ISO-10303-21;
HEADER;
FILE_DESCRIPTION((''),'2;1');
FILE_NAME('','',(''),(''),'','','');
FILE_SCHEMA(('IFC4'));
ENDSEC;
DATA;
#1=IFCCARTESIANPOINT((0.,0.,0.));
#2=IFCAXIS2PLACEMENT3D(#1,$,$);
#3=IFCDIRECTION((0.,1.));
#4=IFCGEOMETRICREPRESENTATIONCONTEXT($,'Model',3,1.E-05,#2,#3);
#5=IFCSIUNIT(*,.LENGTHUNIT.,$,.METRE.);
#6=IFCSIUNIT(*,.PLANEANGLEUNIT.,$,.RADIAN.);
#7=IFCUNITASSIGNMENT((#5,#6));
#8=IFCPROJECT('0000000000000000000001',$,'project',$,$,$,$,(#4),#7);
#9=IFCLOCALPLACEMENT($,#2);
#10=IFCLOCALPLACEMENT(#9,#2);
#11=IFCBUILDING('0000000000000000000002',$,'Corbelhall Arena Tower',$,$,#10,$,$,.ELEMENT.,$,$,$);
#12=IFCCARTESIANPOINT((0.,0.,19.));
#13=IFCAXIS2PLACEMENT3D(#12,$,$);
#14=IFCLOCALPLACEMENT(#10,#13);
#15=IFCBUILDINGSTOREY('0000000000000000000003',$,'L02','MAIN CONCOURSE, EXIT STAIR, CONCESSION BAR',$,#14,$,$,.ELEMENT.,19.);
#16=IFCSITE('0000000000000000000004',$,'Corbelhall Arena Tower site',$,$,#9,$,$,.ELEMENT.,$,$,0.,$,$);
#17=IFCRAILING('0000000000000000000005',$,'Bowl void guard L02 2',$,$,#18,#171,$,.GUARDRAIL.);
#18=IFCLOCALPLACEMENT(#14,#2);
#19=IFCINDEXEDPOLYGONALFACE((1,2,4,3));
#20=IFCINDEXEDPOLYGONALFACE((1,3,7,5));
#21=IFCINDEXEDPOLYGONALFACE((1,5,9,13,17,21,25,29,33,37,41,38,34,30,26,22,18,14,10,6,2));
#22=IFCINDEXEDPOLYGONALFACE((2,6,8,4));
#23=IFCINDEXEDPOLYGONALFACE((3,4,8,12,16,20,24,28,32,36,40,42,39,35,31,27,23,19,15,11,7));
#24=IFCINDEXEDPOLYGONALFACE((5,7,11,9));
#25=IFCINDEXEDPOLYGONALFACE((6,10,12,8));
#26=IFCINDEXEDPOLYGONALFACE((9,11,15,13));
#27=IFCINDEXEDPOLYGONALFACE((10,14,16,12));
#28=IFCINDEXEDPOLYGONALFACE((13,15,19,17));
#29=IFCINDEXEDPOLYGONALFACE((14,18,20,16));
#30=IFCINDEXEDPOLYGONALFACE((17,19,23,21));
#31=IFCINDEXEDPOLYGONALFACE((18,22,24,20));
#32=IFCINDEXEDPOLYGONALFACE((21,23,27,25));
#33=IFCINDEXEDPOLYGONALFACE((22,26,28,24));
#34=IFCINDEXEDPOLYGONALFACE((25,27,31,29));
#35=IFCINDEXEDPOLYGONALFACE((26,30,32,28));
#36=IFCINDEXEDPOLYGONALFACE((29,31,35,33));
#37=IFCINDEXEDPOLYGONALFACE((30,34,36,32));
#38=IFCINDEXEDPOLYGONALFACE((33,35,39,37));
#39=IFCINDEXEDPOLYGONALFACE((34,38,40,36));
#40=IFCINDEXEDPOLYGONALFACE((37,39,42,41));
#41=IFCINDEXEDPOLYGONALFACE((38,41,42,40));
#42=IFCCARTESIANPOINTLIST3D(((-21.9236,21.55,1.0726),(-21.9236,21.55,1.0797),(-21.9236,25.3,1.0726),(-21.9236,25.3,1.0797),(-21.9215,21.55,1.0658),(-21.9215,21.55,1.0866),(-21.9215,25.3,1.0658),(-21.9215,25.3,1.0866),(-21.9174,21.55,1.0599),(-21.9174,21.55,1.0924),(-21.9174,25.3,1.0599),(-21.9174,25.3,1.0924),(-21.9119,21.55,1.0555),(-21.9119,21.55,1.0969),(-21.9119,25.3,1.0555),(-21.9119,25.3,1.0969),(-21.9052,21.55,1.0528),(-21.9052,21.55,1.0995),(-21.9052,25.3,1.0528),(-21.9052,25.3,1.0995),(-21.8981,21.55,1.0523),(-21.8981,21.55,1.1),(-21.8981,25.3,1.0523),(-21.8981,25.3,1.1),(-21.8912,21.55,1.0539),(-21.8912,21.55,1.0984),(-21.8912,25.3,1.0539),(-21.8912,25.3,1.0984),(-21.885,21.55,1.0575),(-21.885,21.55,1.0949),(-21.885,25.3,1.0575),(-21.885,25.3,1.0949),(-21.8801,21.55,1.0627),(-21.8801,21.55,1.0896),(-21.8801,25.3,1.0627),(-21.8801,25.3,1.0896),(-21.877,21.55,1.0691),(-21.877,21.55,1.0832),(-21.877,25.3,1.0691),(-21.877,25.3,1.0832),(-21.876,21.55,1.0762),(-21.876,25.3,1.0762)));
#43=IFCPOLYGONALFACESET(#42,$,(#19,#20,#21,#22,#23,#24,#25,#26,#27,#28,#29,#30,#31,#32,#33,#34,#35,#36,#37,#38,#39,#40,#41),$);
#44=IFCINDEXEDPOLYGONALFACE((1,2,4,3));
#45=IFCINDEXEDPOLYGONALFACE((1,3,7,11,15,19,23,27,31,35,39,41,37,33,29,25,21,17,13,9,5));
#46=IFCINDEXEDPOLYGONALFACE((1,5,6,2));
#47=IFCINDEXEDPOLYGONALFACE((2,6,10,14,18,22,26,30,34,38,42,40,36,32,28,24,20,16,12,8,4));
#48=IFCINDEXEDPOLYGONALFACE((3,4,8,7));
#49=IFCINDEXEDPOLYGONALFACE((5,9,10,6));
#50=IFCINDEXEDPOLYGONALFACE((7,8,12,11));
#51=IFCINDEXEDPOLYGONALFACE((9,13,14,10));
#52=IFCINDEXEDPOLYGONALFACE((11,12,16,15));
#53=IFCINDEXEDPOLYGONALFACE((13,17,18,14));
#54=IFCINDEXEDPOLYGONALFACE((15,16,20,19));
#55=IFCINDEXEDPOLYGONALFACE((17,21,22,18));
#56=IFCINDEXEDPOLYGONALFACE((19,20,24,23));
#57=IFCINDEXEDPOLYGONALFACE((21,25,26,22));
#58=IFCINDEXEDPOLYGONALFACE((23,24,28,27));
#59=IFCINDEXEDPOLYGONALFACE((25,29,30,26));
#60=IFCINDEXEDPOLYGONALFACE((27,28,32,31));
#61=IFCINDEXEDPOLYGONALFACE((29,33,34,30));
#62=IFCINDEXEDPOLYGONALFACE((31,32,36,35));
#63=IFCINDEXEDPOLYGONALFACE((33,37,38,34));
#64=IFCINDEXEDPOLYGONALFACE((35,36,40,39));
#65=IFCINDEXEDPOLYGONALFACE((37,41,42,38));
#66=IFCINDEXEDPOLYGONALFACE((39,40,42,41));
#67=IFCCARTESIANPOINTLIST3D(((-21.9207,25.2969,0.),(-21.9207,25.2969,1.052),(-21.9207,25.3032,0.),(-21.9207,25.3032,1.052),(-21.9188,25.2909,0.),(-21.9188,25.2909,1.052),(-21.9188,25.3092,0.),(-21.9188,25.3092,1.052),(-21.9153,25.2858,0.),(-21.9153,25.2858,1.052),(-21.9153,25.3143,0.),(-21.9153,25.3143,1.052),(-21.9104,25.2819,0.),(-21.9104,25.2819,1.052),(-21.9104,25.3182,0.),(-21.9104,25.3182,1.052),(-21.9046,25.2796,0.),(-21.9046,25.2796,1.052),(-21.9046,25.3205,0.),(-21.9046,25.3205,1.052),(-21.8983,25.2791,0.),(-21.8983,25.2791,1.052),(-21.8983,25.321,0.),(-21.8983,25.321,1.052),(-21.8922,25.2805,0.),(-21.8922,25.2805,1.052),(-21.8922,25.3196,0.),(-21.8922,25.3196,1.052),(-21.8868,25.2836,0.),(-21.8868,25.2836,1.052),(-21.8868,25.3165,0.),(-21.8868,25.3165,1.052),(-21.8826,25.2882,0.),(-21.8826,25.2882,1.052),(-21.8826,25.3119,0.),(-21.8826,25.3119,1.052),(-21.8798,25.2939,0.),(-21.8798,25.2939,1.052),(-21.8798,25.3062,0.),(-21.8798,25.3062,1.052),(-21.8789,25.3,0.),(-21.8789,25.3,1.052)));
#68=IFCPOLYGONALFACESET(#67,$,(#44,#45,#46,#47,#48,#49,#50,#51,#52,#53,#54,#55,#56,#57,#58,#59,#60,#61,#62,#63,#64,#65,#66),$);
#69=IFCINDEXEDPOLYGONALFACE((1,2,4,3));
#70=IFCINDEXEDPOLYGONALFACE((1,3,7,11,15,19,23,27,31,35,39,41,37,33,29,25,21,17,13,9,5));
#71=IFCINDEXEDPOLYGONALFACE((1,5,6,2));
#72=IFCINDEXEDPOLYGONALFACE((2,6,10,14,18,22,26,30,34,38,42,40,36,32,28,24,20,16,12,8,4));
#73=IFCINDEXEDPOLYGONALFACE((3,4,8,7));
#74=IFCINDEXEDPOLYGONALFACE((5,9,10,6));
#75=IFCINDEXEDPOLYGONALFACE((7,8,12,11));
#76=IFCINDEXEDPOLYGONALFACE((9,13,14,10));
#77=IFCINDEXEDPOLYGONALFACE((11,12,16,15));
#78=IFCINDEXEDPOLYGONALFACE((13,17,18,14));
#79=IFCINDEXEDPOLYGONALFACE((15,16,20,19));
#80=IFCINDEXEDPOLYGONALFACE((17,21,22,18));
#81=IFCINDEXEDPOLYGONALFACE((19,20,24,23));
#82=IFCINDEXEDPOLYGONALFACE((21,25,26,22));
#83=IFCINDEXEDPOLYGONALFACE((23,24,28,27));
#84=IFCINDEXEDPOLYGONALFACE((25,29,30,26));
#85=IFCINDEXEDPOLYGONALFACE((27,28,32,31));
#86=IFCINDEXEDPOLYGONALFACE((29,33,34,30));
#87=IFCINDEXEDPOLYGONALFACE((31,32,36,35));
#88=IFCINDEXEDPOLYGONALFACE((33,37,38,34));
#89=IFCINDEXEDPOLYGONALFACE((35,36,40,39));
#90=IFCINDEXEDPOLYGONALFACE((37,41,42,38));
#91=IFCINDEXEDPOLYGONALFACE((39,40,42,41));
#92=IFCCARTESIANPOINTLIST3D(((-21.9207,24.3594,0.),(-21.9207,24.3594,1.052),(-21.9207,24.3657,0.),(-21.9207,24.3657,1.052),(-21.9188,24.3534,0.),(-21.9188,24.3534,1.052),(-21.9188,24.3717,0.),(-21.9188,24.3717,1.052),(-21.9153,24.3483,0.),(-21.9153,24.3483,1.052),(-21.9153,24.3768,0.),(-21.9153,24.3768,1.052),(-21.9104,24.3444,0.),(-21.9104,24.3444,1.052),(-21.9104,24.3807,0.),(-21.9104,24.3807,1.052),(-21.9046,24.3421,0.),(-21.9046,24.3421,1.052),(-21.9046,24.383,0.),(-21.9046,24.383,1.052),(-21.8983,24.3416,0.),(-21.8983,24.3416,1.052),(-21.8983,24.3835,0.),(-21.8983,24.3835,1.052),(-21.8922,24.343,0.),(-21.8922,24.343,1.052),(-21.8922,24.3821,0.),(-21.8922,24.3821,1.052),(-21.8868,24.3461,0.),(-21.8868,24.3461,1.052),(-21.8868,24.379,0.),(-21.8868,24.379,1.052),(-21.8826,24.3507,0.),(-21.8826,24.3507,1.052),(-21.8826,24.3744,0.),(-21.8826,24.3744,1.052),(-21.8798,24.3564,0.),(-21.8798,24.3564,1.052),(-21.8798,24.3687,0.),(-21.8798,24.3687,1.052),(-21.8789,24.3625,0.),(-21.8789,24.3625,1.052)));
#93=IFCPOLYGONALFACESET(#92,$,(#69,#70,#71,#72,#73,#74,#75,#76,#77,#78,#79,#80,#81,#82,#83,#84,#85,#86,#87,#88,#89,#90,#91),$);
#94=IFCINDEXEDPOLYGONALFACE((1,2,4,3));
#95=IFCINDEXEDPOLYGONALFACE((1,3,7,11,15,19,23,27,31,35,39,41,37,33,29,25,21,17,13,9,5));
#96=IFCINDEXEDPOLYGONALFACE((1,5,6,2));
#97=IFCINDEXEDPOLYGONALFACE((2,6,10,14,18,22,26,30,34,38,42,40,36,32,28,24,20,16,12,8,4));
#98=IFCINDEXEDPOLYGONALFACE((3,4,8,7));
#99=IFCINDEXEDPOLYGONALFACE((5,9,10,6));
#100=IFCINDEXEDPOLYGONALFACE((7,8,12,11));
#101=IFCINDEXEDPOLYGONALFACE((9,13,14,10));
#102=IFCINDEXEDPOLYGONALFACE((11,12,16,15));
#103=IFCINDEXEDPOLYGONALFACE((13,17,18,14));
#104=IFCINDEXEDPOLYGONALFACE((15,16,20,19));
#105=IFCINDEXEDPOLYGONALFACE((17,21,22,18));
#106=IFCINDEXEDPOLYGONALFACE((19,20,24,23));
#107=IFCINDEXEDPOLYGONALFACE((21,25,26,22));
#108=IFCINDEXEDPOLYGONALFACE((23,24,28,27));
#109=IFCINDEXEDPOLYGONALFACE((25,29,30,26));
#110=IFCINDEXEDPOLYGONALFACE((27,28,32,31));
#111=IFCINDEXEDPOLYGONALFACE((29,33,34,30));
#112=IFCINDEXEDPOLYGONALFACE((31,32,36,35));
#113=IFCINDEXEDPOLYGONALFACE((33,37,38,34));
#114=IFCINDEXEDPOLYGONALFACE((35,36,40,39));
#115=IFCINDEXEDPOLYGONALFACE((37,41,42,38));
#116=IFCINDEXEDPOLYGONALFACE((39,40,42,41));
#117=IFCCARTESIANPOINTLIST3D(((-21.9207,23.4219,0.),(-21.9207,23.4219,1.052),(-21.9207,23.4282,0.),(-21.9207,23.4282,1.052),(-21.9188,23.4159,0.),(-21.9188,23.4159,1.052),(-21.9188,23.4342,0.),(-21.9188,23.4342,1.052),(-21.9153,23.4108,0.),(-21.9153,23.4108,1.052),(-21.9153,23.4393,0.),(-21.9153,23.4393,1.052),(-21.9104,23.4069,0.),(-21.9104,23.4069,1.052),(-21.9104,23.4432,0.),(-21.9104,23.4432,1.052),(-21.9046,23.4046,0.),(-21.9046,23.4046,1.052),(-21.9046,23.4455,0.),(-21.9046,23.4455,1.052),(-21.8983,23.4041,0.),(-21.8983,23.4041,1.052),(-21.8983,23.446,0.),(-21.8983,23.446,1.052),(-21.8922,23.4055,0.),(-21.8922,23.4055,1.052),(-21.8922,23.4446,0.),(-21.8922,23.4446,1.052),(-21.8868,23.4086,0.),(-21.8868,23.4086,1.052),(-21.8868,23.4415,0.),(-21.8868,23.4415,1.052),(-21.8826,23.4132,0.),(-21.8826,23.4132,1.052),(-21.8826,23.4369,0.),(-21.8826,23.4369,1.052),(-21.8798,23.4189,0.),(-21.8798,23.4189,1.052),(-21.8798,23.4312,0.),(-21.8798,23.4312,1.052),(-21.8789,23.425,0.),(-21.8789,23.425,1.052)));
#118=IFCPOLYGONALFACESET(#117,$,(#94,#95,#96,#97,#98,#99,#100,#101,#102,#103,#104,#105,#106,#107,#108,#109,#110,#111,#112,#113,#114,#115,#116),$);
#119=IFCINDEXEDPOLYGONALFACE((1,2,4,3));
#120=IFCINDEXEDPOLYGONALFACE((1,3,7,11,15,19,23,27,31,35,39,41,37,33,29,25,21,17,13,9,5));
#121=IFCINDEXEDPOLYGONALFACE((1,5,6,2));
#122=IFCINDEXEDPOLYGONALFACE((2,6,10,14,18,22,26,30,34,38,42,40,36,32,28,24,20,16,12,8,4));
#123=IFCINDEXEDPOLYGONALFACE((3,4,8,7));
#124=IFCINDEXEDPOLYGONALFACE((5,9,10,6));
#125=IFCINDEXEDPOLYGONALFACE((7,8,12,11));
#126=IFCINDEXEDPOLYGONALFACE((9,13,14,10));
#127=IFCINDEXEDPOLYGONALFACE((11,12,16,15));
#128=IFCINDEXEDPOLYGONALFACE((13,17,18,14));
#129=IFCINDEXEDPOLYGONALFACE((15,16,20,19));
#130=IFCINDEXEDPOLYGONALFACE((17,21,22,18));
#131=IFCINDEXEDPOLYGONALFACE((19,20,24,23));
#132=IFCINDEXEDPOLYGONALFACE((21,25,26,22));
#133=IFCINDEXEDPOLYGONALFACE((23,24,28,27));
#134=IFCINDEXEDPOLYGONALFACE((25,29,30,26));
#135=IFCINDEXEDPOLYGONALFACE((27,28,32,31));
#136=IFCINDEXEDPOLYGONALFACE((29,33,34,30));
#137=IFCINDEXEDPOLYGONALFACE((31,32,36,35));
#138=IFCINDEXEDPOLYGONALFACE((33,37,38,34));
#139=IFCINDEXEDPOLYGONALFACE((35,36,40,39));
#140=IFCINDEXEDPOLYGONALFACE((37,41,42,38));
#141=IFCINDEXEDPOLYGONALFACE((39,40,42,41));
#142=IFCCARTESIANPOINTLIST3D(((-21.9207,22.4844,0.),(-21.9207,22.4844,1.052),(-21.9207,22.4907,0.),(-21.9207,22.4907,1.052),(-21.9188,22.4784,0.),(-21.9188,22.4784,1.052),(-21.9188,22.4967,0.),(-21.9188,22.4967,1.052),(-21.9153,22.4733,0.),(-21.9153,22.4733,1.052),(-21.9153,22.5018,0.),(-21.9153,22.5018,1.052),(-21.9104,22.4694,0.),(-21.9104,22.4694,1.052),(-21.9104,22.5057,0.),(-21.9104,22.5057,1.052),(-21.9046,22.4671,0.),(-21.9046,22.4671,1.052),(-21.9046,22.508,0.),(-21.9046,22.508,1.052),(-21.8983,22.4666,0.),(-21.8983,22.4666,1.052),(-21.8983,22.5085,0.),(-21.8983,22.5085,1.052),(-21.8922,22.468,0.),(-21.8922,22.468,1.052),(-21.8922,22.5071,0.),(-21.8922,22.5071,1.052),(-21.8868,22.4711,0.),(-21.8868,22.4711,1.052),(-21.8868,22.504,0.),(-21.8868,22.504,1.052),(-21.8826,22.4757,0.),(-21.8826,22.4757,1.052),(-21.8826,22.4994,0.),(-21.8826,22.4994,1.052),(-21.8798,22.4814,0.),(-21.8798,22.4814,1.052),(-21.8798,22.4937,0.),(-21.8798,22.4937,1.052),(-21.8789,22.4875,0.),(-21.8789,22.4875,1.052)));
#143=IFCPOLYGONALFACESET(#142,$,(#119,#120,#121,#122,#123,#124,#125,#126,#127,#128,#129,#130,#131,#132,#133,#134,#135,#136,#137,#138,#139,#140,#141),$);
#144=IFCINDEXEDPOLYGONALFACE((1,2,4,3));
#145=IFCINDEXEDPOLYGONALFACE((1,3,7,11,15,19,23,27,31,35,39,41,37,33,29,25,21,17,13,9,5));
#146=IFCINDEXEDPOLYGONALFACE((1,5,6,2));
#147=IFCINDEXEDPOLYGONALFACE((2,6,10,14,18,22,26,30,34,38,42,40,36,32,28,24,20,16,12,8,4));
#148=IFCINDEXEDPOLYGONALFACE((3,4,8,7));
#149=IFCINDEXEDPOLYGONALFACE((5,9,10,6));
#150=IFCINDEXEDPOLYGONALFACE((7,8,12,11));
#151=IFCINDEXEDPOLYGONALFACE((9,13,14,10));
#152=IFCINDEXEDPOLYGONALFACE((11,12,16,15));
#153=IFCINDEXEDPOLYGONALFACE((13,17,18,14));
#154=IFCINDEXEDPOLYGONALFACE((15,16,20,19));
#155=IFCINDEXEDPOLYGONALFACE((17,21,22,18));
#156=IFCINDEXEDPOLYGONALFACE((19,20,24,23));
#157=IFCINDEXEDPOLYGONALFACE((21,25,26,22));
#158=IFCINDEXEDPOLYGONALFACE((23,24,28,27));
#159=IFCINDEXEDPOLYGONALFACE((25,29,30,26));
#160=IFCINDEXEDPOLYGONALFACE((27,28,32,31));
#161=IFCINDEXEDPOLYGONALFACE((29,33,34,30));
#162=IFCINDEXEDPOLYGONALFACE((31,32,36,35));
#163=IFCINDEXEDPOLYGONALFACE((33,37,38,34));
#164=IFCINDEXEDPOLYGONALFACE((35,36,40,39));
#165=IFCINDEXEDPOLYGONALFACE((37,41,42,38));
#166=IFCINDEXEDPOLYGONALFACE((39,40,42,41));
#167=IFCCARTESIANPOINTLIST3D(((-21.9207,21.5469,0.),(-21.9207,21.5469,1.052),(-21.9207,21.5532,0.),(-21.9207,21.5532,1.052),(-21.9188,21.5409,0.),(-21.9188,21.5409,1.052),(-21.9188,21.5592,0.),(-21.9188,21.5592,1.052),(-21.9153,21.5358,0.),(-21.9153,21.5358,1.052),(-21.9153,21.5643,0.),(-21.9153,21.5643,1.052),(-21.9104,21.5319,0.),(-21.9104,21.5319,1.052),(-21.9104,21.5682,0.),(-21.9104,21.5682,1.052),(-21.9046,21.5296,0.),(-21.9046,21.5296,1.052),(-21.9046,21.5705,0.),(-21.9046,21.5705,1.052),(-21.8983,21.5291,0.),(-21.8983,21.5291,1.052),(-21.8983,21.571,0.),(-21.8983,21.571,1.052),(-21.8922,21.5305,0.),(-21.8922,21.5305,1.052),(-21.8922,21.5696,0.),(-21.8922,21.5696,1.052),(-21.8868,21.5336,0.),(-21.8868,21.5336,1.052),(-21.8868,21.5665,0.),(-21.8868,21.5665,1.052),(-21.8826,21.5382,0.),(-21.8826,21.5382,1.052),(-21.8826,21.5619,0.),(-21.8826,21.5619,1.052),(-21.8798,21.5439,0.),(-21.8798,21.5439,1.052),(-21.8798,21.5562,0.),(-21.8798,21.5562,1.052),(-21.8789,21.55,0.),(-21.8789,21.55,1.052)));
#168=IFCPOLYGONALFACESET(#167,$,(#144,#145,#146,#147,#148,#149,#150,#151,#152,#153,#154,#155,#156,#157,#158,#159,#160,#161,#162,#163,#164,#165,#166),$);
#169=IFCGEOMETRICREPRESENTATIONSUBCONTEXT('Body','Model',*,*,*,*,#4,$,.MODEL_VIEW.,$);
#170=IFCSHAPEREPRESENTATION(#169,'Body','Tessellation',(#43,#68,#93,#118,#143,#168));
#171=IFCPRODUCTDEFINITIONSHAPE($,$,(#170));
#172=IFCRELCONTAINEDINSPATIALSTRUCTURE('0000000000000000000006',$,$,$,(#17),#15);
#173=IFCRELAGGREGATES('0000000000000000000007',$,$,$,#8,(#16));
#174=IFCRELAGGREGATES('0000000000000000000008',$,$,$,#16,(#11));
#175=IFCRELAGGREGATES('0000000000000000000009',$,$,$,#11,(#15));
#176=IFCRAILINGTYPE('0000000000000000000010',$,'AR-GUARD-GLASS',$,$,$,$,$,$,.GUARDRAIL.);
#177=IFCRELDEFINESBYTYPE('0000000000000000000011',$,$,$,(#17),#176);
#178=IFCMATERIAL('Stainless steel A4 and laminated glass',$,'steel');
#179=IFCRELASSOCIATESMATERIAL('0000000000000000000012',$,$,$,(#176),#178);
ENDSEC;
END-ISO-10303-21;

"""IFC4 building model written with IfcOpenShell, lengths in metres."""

from ifc_helpers import new_model, si_unit, direction, frame, origin, origin_2d, place, context, subcontext, project, spatial, circle, extrude, material, type_object, element, save


model = new_model("IFC4")

# Units and contexts
model_context = context("Model", 3, precision=1e-05, world=origin(), true_north=direction((0.0, 1.0)))
body_context = subcontext(model_context, "Body", "Model", "MODEL_VIEW")
ifc_project = project(units=[si_unit("LENGTHUNIT", "METRE"), si_unit("PLANEANGLEUNIT", "RADIAN")], contexts=[model_context])

# Site, building, storey
site_placement = place(None, origin())
site = spatial("IfcSite", under=ifc_project, at=site_placement, Name="Corbelhall Arena Tower site", CompositionType="ELEMENT", RefElevation=0.0)
building_placement = place(site_placement, origin())
building = spatial("IfcBuilding", under=site, at=building_placement, Name="Corbelhall Arena Tower", CompositionType="ELEMENT")
storey_placement = place(building_placement, frame((0.0, 0.0, 19.0)))
storey = spatial("IfcBuildingStorey", under=building, at=storey_placement, Name="L02", Description="MAIN CONCOURSE, EXIT STAIR, CONCESSION BAR", CompositionType="ELEMENT", Elevation=19.0)

# Railing
ifc_material_1 = material(Name="Stainless steel A4 and laminated glass", Category="steel")
railing_type_1 = type_object("IfcRailingType", Name="AR-GUARD-GLASS", PredefinedType="GUARDRAIL", material=ifc_material_1)
railing_1_placement = place(storey_placement, frame((-21.8999, 25.3, 0.0)))
element("IfcRailing", 1, at=railing_1_placement, inside=storey, type_object=railing_type_1, Name="Bowl void guard L02 2", PredefinedType="GUARDRAIL", context=body_context, shape_type="SweptSolid", body=[
    extrude(circle(Radius=0.0239, at=origin_2d()), frame((0.0, 0.0, 1.0762), z_axis=(0.0, -1.0, 0.0), x_axis=(1.0, 0.0, 0.0)), (0.0, 0.0, 1.0), 3.75),
    extrude(circle(Radius=0.021, at=origin_2d()), origin(), (0.0, 0.0, 1.0), 1.052),
    extrude(circle(Radius=0.021, at=origin_2d()), frame((0.0, -0.9375, 0.0)), (0.0, 0.0, 1.0), 1.052),
    extrude(circle(Radius=0.021, at=origin_2d()), frame((0.0, -1.875, 0.0)), (0.0, 0.0, 1.0), 1.052),
    extrude(circle(Radius=0.021, at=origin_2d()), frame((0.0, -2.8125, 0.0)), (0.0, 0.0, 1.0), 1.052),
    extrude(circle(Radius=0.021, at=origin_2d()), frame((0.0, -3.75, 0.0)), (0.0, 0.0, 1.0), 1.052),
])

save(model, "model.ifc")
